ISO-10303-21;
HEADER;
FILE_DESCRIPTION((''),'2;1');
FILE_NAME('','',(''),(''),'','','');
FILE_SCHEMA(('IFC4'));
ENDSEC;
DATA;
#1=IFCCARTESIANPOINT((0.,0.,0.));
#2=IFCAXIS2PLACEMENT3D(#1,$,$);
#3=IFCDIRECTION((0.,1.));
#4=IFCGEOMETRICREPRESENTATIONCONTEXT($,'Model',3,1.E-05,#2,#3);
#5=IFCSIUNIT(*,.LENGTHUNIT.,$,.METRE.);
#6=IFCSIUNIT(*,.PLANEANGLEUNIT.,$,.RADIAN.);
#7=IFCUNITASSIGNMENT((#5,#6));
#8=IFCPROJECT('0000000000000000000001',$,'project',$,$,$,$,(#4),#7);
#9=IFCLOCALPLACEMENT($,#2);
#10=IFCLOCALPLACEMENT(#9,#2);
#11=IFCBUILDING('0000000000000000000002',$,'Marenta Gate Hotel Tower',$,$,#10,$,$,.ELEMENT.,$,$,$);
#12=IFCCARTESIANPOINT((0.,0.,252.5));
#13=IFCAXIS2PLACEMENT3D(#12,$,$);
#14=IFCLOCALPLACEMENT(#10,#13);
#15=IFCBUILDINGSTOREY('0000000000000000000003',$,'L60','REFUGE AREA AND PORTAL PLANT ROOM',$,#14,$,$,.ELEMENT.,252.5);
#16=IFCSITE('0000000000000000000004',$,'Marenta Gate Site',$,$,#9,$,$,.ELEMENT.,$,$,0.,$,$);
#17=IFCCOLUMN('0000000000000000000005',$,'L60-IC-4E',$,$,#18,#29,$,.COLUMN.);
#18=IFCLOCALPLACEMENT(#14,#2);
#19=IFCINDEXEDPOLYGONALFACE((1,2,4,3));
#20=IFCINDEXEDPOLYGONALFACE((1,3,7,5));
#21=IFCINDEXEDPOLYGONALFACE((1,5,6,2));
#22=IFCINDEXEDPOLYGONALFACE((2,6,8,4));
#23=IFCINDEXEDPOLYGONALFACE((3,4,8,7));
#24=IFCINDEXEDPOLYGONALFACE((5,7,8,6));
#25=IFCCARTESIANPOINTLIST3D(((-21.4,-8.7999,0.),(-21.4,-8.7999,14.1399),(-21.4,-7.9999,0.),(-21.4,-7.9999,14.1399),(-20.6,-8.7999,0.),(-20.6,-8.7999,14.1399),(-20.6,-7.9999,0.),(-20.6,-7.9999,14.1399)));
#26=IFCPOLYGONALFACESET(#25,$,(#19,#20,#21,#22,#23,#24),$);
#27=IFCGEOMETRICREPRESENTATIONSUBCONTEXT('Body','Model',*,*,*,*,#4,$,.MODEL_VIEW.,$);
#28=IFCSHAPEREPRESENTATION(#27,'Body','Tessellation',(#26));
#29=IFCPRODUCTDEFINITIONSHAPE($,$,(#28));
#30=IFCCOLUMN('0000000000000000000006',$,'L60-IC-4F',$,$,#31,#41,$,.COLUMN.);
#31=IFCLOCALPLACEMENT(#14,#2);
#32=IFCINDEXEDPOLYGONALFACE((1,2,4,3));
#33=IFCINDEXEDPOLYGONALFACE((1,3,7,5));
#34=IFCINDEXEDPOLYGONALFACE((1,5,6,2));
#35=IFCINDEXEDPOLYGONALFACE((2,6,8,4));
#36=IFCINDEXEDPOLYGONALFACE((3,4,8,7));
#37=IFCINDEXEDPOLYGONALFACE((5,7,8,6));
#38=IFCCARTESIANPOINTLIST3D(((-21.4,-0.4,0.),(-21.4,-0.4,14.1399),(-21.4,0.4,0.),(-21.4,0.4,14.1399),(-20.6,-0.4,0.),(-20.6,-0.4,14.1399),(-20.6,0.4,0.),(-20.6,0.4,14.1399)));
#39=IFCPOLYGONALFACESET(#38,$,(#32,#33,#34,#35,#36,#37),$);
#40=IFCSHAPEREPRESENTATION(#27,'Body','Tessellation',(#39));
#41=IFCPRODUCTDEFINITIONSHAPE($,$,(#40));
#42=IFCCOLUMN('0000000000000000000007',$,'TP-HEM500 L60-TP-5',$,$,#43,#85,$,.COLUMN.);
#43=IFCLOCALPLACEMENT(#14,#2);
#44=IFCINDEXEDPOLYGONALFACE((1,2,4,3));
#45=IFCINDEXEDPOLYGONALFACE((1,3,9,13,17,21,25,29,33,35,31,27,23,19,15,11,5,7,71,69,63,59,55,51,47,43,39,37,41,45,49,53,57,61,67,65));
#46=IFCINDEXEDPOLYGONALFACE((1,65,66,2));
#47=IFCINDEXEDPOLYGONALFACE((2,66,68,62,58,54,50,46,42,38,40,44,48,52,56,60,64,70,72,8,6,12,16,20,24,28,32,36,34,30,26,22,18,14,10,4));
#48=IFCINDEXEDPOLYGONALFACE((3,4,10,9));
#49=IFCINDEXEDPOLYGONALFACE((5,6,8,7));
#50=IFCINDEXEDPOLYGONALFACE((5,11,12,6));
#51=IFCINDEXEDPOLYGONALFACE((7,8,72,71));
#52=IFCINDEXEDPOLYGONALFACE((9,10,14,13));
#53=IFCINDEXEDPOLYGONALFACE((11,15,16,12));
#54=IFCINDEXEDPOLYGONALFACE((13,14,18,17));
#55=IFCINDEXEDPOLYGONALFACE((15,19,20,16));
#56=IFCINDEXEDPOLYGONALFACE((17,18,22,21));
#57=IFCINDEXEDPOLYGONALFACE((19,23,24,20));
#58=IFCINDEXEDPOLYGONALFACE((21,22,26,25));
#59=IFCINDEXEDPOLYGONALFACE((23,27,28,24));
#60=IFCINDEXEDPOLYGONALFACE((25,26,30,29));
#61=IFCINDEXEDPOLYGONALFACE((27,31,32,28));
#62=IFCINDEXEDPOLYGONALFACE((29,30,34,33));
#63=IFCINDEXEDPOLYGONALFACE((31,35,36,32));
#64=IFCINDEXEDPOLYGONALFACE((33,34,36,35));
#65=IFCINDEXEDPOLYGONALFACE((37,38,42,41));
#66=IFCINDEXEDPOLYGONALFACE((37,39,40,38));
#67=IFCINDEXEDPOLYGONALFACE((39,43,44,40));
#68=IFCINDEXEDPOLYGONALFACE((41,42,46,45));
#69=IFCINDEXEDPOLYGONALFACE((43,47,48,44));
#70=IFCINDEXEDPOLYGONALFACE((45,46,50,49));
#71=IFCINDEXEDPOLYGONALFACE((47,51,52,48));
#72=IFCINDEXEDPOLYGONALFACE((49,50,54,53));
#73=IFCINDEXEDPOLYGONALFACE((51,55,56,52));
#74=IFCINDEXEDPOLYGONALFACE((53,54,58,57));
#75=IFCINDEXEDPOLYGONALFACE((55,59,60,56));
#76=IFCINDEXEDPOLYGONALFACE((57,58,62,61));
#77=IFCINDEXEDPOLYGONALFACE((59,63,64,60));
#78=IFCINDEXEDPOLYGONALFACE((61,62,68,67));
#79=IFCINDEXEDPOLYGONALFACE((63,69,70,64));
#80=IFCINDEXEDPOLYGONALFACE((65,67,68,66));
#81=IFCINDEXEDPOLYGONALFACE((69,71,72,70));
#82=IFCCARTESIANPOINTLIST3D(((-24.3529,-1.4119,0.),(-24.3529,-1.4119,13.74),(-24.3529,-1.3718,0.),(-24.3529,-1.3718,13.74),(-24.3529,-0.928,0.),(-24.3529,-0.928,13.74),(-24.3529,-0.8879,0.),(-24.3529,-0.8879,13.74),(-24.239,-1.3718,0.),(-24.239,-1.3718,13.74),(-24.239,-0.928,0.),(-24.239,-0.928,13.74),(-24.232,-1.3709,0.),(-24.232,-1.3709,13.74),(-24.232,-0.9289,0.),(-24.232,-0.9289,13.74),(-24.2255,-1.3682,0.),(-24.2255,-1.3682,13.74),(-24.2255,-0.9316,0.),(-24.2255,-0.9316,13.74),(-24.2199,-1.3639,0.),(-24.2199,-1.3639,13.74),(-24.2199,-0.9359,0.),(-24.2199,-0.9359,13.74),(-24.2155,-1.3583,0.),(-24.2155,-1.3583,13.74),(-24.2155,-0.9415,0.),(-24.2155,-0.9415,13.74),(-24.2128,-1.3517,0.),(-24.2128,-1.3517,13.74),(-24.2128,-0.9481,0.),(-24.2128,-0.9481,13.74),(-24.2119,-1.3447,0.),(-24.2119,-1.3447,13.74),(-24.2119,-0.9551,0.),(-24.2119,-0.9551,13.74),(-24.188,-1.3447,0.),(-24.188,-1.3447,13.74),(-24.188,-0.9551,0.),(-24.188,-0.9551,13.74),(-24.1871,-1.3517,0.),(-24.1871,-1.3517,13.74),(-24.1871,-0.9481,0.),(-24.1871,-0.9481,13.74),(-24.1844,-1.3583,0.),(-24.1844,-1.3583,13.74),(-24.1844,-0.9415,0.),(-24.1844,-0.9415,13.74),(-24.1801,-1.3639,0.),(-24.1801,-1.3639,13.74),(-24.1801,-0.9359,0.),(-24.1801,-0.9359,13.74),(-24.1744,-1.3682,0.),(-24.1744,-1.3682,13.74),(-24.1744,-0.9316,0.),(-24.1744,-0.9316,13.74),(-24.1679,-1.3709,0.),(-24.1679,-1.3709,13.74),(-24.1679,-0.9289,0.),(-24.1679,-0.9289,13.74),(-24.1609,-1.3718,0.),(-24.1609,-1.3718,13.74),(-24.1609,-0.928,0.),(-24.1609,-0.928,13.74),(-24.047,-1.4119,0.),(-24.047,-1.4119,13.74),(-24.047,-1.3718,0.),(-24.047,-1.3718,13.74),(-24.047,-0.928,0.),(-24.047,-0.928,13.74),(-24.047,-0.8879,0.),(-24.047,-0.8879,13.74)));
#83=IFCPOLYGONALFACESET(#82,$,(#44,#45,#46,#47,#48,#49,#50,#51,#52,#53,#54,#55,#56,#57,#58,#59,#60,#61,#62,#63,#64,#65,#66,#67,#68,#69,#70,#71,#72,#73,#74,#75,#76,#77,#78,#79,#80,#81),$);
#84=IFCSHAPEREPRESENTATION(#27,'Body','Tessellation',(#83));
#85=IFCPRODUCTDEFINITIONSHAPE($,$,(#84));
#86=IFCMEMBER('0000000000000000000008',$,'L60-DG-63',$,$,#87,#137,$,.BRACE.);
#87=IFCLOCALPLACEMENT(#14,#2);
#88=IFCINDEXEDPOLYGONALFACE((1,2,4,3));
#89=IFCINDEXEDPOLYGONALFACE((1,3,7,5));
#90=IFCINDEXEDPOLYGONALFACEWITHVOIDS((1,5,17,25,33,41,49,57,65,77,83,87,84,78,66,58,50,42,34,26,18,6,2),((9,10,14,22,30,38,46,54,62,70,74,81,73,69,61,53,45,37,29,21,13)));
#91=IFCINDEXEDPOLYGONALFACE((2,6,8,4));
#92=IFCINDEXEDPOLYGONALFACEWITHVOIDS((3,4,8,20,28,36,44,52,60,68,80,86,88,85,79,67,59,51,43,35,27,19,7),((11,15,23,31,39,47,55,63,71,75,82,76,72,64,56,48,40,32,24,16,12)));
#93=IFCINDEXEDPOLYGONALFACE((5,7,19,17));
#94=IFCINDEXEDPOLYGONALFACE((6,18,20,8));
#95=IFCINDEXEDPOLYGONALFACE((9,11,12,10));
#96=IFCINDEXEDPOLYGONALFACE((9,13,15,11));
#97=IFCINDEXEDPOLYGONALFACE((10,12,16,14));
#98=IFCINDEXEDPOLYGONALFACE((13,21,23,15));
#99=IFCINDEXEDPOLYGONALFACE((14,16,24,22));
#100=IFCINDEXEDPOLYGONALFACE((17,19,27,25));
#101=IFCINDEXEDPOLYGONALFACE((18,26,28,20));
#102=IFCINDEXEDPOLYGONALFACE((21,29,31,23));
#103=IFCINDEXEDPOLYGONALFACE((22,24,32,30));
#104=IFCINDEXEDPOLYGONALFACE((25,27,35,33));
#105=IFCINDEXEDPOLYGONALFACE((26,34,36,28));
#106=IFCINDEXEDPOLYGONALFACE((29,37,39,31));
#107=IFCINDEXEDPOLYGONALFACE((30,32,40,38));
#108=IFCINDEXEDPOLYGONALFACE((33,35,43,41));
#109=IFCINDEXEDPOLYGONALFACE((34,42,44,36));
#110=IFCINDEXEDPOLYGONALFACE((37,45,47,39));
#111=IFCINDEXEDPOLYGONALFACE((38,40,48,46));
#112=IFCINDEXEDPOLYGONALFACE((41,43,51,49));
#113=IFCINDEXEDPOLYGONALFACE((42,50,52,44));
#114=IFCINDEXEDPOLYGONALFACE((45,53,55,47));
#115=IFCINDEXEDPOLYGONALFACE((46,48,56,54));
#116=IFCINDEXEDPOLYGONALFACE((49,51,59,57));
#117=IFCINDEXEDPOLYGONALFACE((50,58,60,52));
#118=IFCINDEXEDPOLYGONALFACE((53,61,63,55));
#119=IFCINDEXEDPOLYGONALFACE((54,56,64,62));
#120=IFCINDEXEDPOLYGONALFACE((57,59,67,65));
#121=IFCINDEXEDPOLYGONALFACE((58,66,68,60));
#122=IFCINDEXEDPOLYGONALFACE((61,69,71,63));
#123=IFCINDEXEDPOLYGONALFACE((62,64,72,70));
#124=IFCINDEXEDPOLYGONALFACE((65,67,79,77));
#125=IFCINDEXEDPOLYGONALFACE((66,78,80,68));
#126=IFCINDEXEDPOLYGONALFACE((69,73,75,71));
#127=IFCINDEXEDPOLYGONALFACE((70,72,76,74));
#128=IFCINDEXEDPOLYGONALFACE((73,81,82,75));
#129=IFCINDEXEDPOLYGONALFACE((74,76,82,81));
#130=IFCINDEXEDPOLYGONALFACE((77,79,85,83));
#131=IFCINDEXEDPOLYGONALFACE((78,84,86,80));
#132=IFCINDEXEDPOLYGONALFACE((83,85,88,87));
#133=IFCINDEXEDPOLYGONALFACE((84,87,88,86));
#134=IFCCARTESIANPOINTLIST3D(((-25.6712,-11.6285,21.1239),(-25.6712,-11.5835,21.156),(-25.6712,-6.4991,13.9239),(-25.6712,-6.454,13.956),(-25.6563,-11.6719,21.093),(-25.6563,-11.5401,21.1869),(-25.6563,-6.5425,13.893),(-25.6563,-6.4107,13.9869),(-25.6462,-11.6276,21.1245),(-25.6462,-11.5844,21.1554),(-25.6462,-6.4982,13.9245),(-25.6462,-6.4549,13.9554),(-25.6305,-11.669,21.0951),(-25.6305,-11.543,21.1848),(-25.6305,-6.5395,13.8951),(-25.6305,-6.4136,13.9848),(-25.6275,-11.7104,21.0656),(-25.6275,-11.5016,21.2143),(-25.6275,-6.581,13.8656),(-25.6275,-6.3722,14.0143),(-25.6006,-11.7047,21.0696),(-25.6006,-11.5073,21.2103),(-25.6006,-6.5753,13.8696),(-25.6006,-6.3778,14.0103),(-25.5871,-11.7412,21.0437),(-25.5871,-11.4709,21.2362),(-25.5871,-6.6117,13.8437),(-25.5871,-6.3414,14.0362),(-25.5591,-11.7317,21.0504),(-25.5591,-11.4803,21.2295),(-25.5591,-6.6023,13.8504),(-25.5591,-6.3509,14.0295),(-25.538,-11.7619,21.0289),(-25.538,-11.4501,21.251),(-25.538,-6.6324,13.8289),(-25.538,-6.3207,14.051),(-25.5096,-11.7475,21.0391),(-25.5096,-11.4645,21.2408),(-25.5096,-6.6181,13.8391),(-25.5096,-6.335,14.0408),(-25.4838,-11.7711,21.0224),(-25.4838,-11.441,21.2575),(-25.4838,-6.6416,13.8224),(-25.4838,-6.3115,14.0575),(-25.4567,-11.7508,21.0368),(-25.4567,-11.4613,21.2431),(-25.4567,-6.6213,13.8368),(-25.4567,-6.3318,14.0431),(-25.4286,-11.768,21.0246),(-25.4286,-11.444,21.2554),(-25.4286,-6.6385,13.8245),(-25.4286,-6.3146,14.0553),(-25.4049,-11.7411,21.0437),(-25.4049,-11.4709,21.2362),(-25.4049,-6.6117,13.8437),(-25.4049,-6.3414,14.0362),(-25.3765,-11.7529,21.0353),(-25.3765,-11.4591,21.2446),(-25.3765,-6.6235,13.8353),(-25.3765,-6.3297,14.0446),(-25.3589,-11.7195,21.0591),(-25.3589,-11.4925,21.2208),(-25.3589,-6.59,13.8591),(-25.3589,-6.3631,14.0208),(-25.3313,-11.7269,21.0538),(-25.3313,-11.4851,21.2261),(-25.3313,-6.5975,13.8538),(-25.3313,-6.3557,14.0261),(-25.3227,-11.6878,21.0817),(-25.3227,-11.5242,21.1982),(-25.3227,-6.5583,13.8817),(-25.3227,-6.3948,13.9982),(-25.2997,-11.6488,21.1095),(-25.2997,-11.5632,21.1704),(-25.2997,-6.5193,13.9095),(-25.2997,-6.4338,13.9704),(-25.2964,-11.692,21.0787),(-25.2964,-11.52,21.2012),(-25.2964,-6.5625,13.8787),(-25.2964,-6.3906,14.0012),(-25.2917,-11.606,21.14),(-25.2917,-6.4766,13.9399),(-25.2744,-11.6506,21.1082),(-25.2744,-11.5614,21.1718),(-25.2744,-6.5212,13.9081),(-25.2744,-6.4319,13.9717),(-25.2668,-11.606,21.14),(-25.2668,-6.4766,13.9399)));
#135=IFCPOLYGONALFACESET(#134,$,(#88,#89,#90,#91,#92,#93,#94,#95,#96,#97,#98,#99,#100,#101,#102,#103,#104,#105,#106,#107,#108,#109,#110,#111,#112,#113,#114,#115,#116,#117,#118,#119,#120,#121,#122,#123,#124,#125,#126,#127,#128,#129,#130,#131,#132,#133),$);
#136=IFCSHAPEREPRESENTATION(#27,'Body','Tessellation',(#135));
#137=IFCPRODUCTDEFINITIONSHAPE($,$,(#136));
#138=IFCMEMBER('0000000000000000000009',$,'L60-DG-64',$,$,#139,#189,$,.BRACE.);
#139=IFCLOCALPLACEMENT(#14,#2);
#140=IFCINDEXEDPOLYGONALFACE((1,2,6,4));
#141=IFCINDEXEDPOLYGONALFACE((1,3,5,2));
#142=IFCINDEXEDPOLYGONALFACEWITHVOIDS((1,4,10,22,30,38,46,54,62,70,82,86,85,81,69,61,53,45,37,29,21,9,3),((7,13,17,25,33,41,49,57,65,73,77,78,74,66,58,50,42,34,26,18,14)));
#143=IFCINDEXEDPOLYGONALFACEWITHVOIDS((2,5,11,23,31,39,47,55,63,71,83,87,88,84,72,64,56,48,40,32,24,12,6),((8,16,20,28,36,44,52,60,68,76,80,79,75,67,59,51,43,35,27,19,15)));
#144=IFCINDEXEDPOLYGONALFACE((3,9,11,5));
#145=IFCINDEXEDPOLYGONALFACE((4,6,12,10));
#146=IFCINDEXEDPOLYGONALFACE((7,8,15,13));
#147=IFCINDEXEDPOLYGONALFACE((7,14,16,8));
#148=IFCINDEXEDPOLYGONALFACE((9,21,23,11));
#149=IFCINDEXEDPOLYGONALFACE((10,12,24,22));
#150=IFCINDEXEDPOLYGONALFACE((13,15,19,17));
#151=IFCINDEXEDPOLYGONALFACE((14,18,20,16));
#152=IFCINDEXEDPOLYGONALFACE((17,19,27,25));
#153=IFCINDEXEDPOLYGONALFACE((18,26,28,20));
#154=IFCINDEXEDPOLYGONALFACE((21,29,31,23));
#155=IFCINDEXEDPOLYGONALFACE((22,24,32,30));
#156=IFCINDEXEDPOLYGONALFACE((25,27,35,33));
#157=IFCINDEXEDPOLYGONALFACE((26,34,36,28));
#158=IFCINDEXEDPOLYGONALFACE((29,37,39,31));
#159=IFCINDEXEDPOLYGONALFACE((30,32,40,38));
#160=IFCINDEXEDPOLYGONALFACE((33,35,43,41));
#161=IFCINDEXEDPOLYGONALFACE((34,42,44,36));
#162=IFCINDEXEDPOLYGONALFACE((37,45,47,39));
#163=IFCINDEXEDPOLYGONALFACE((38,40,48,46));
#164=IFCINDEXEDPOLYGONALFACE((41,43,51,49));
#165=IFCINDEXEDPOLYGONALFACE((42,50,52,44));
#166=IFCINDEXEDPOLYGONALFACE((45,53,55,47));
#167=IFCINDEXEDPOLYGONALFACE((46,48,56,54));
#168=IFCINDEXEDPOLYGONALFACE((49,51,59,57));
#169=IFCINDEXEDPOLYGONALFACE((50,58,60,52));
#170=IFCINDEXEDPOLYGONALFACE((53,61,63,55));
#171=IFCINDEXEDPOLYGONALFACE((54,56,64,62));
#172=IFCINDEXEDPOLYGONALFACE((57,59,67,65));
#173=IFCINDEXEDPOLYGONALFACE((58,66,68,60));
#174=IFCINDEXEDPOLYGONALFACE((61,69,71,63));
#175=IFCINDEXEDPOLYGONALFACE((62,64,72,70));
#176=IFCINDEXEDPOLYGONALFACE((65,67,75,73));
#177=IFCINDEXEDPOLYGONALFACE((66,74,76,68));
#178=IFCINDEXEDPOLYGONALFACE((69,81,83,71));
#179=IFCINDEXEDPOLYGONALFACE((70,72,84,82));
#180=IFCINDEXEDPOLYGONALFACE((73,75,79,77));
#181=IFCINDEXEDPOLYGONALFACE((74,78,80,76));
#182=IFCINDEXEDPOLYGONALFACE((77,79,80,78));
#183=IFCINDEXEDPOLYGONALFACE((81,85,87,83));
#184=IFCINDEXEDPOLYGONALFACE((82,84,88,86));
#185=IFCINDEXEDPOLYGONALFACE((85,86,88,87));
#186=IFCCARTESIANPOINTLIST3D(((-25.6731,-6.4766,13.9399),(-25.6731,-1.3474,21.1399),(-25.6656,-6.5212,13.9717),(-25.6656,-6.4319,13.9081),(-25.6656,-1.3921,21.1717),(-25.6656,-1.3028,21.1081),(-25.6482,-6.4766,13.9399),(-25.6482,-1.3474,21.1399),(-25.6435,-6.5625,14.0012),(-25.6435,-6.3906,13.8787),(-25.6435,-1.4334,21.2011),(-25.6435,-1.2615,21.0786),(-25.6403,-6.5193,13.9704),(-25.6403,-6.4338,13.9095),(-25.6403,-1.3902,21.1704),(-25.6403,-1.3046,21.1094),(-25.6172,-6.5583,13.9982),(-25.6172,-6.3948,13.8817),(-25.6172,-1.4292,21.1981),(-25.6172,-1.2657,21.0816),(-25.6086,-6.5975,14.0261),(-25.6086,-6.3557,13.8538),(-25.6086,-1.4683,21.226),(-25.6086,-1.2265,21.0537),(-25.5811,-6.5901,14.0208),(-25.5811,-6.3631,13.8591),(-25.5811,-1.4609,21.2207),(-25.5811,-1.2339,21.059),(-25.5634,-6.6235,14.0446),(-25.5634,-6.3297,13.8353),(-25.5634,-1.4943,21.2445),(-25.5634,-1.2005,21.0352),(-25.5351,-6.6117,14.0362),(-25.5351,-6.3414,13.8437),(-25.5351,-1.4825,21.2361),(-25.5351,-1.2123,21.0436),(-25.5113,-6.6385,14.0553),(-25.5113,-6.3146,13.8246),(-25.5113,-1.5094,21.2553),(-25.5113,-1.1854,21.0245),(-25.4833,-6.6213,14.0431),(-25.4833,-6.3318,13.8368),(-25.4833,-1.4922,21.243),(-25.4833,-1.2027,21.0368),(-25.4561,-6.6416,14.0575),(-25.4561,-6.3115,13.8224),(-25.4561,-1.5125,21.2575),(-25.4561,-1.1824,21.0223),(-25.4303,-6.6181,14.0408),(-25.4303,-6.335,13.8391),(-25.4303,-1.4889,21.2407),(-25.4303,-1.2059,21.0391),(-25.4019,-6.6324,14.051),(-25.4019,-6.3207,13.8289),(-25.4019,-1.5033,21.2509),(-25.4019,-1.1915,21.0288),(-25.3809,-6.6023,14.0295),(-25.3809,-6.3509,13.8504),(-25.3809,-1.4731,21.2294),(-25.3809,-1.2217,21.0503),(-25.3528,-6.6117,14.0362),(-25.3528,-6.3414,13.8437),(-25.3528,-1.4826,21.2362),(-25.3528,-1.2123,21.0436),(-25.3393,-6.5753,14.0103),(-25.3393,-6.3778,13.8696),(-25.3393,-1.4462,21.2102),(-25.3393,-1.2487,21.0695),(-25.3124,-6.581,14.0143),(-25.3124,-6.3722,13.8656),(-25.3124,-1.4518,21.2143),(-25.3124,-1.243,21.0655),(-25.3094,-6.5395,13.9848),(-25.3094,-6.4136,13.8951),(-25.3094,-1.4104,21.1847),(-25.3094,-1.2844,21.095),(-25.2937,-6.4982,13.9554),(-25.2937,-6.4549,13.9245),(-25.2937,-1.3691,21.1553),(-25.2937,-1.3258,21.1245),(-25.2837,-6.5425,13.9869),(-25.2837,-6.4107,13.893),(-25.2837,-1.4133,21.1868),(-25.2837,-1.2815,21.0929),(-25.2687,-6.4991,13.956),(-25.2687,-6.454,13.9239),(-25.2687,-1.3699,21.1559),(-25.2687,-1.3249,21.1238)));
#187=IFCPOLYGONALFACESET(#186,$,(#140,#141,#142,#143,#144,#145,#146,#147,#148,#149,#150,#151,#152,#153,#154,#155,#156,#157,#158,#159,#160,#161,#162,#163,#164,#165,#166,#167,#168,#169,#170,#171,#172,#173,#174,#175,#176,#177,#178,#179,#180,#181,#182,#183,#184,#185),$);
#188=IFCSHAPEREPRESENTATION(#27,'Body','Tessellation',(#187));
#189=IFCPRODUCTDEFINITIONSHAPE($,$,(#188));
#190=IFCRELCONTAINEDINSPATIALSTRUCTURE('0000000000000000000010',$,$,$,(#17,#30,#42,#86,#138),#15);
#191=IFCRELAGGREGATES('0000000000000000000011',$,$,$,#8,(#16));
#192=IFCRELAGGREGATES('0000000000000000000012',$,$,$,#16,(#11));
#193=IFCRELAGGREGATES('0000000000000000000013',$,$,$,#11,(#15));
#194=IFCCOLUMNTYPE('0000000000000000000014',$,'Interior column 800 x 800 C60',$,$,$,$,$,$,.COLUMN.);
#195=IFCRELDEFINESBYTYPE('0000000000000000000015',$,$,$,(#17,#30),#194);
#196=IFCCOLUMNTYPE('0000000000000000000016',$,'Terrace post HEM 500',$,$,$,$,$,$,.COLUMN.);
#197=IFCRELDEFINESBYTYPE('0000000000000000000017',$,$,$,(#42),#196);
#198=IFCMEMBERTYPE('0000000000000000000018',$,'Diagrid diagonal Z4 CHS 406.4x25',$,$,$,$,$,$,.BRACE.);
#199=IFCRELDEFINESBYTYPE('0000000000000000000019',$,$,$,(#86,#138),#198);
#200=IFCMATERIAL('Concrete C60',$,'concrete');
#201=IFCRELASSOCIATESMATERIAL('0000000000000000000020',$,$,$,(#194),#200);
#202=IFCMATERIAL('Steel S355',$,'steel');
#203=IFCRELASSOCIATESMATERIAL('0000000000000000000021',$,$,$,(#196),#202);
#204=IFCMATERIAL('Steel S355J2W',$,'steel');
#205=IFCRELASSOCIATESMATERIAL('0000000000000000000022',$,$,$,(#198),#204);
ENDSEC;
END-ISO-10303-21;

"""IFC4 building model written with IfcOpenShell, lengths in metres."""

from ifc_helpers import new_model, si_unit, direction, frame, origin, origin_2d, place, context, subcontext, project, spatial, rectangle, hollow_circle, i_section, extrude, material, material_profile, profile_set, type_object, element, save


model = new_model("IFC4")

# Units and contexts
model_context = context("Model", 3, precision=1e-05, world=origin(), true_north=direction((0.0, 1.0)))
body_context = subcontext(model_context, "Body", "Model", "MODEL_VIEW")
ifc_project = project(units=[si_unit("LENGTHUNIT", "METRE"), si_unit("PLANEANGLEUNIT", "RADIAN")], contexts=[model_context])

# Site, building, storey
site_placement = place(None, origin())
site = spatial("IfcSite", under=ifc_project, at=site_placement, Name="Marenta Gate Site", CompositionType="ELEMENT", RefElevation=0.0)
building_placement = place(site_placement, origin())
building = spatial("IfcBuilding", under=site, at=building_placement, Name="Marenta Gate Hotel Tower", CompositionType="ELEMENT")
storey_placement = place(building_placement, frame((0.0, 0.0, 252.5)))
storey = spatial("IfcBuildingStorey", under=building, at=storey_placement, Name="L60", Description="REFUGE AREA AND PORTAL PLANT ROOM", CompositionType="ELEMENT", Elevation=252.5)

# Columns
ifc_material_1 = material(Name="Concrete C60", Category="concrete")
ifc_material_profile_1 = material_profile(ifc_material_1, rectangle(XDim=0.8, YDim=0.8, at=origin_2d()), Name="800 x 800")
ifc_profile_set_1 = profile_set([ifc_material_profile_1], Name="Concrete C60")
column_type_1 = type_object("IfcColumnType", Name="Interior column 800 x 800 C60", PredefinedType="COLUMN", material=ifc_profile_set_1)
for number, where, z_axis, x_axis, name in (
    (1, (-21.0, -8.3999, 0.0), (0.0, 0.0, 1.0), (1.0, 0.0, 0.0), "L60-IC-4E"),
    (2, (-21.0, 0.0, 0.0), (0.0, 0.0, 1.0), (1.0, 0.0, 0.0), "L60-IC-4F"),
):
    element("IfcColumn", number, at=place(storey_placement, frame(where, z_axis=z_axis, x_axis=x_axis)), inside=storey, type_object=column_type_1, Name=name, PredefinedType="COLUMN", context=body_context, shape_type="SweptSolid", body=[
        extrude(rectangle(XDim=0.8, YDim=0.8, at=origin_2d()), origin(), (0.0, 0.0, 1.0), 14.1399),
    ])
ifc_material_2 = material(Name="Steel S355", Category="steel")
ifc_material_profile_2 = material_profile(ifc_material_2, i_section(OverallWidth=0.3059, OverallDepth=0.5239, WebThickness=0.0239, FlangeThickness=0.04, FilletRadius=0.0271, at=origin_2d()), Name="HEM 500")
ifc_profile_set_2 = profile_set([ifc_material_profile_2], Name="Steel S355")
column_type_2 = type_object("IfcColumnType", Name="Terrace post HEM 500", PredefinedType="COLUMN", material=ifc_profile_set_2)
column_placement = place(storey_placement, frame((-24.2, -1.1499, 0.0), z_axis=(0.0, 0.0, 1.0), x_axis=(1.0, 0.0, 0.0)))
element("IfcColumn", 3, at=column_placement, inside=storey, type_object=column_type_2, Name="TP-HEM500 L60-TP-5", PredefinedType="COLUMN", context=body_context, shape_type="SweptSolid", body=[
    extrude(i_section(OverallWidth=0.3059, OverallDepth=0.5239, WebThickness=0.0239, FlangeThickness=0.04, FilletRadius=0.0271, at=origin_2d()), origin(), (0.0, 0.0, 1.0), 13.74),
])

# Members
ifc_material_3 = material(Name="Steel S355J2W", Category="steel")
ifc_material_profile_3 = material_profile(ifc_material_3, hollow_circle(Radius=0.2031, WallThickness=0.0249, at=origin_2d()), Name="CHS 406.4x25")
ifc_profile_set_3 = profile_set([ifc_material_profile_3], Name="Steel S355J2W")
member_type_1 = type_object("IfcMemberType", Name="Diagrid diagonal Z4 CHS 406.4x25", PredefinedType="BRACE", material=ifc_profile_set_3)
member_1_placement = place(storey_placement, frame((-25.47, -6.4766, 13.9399), z_axis=(0.0, -0.580232, 0.814451), x_axis=(1.0, 0.0, 0.0)))
element("IfcMember", 4, at=member_1_placement, inside=storey, type_object=member_type_1, Name="L60-DG-63", PredefinedType="BRACE", context=body_context, shape_type="SweptSolid", body=[
    extrude(hollow_circle(Radius=0.2031, WallThickness=0.0249, at=origin_2d()), origin(), (0.0, 0.0, 1.0), 8.8403),
])
member_2_placement = place(storey_placement, frame((-25.47, -6.4766, 13.9399), z_axis=(0.0, 0.580214, 0.814464), x_axis=(-1.0, 0.0, 0.0)))
element("IfcMember", 5, at=member_2_placement, inside=storey, type_object=member_type_1, Name="L60-DG-64", PredefinedType="BRACE", context=body_context, shape_type="SweptSolid", body=[
    extrude(hollow_circle(Radius=0.2031, WallThickness=0.0249, at=origin_2d()), origin(), (0.0, 0.0, 1.0), 8.8401),
])

save(model, "model.ifc")
